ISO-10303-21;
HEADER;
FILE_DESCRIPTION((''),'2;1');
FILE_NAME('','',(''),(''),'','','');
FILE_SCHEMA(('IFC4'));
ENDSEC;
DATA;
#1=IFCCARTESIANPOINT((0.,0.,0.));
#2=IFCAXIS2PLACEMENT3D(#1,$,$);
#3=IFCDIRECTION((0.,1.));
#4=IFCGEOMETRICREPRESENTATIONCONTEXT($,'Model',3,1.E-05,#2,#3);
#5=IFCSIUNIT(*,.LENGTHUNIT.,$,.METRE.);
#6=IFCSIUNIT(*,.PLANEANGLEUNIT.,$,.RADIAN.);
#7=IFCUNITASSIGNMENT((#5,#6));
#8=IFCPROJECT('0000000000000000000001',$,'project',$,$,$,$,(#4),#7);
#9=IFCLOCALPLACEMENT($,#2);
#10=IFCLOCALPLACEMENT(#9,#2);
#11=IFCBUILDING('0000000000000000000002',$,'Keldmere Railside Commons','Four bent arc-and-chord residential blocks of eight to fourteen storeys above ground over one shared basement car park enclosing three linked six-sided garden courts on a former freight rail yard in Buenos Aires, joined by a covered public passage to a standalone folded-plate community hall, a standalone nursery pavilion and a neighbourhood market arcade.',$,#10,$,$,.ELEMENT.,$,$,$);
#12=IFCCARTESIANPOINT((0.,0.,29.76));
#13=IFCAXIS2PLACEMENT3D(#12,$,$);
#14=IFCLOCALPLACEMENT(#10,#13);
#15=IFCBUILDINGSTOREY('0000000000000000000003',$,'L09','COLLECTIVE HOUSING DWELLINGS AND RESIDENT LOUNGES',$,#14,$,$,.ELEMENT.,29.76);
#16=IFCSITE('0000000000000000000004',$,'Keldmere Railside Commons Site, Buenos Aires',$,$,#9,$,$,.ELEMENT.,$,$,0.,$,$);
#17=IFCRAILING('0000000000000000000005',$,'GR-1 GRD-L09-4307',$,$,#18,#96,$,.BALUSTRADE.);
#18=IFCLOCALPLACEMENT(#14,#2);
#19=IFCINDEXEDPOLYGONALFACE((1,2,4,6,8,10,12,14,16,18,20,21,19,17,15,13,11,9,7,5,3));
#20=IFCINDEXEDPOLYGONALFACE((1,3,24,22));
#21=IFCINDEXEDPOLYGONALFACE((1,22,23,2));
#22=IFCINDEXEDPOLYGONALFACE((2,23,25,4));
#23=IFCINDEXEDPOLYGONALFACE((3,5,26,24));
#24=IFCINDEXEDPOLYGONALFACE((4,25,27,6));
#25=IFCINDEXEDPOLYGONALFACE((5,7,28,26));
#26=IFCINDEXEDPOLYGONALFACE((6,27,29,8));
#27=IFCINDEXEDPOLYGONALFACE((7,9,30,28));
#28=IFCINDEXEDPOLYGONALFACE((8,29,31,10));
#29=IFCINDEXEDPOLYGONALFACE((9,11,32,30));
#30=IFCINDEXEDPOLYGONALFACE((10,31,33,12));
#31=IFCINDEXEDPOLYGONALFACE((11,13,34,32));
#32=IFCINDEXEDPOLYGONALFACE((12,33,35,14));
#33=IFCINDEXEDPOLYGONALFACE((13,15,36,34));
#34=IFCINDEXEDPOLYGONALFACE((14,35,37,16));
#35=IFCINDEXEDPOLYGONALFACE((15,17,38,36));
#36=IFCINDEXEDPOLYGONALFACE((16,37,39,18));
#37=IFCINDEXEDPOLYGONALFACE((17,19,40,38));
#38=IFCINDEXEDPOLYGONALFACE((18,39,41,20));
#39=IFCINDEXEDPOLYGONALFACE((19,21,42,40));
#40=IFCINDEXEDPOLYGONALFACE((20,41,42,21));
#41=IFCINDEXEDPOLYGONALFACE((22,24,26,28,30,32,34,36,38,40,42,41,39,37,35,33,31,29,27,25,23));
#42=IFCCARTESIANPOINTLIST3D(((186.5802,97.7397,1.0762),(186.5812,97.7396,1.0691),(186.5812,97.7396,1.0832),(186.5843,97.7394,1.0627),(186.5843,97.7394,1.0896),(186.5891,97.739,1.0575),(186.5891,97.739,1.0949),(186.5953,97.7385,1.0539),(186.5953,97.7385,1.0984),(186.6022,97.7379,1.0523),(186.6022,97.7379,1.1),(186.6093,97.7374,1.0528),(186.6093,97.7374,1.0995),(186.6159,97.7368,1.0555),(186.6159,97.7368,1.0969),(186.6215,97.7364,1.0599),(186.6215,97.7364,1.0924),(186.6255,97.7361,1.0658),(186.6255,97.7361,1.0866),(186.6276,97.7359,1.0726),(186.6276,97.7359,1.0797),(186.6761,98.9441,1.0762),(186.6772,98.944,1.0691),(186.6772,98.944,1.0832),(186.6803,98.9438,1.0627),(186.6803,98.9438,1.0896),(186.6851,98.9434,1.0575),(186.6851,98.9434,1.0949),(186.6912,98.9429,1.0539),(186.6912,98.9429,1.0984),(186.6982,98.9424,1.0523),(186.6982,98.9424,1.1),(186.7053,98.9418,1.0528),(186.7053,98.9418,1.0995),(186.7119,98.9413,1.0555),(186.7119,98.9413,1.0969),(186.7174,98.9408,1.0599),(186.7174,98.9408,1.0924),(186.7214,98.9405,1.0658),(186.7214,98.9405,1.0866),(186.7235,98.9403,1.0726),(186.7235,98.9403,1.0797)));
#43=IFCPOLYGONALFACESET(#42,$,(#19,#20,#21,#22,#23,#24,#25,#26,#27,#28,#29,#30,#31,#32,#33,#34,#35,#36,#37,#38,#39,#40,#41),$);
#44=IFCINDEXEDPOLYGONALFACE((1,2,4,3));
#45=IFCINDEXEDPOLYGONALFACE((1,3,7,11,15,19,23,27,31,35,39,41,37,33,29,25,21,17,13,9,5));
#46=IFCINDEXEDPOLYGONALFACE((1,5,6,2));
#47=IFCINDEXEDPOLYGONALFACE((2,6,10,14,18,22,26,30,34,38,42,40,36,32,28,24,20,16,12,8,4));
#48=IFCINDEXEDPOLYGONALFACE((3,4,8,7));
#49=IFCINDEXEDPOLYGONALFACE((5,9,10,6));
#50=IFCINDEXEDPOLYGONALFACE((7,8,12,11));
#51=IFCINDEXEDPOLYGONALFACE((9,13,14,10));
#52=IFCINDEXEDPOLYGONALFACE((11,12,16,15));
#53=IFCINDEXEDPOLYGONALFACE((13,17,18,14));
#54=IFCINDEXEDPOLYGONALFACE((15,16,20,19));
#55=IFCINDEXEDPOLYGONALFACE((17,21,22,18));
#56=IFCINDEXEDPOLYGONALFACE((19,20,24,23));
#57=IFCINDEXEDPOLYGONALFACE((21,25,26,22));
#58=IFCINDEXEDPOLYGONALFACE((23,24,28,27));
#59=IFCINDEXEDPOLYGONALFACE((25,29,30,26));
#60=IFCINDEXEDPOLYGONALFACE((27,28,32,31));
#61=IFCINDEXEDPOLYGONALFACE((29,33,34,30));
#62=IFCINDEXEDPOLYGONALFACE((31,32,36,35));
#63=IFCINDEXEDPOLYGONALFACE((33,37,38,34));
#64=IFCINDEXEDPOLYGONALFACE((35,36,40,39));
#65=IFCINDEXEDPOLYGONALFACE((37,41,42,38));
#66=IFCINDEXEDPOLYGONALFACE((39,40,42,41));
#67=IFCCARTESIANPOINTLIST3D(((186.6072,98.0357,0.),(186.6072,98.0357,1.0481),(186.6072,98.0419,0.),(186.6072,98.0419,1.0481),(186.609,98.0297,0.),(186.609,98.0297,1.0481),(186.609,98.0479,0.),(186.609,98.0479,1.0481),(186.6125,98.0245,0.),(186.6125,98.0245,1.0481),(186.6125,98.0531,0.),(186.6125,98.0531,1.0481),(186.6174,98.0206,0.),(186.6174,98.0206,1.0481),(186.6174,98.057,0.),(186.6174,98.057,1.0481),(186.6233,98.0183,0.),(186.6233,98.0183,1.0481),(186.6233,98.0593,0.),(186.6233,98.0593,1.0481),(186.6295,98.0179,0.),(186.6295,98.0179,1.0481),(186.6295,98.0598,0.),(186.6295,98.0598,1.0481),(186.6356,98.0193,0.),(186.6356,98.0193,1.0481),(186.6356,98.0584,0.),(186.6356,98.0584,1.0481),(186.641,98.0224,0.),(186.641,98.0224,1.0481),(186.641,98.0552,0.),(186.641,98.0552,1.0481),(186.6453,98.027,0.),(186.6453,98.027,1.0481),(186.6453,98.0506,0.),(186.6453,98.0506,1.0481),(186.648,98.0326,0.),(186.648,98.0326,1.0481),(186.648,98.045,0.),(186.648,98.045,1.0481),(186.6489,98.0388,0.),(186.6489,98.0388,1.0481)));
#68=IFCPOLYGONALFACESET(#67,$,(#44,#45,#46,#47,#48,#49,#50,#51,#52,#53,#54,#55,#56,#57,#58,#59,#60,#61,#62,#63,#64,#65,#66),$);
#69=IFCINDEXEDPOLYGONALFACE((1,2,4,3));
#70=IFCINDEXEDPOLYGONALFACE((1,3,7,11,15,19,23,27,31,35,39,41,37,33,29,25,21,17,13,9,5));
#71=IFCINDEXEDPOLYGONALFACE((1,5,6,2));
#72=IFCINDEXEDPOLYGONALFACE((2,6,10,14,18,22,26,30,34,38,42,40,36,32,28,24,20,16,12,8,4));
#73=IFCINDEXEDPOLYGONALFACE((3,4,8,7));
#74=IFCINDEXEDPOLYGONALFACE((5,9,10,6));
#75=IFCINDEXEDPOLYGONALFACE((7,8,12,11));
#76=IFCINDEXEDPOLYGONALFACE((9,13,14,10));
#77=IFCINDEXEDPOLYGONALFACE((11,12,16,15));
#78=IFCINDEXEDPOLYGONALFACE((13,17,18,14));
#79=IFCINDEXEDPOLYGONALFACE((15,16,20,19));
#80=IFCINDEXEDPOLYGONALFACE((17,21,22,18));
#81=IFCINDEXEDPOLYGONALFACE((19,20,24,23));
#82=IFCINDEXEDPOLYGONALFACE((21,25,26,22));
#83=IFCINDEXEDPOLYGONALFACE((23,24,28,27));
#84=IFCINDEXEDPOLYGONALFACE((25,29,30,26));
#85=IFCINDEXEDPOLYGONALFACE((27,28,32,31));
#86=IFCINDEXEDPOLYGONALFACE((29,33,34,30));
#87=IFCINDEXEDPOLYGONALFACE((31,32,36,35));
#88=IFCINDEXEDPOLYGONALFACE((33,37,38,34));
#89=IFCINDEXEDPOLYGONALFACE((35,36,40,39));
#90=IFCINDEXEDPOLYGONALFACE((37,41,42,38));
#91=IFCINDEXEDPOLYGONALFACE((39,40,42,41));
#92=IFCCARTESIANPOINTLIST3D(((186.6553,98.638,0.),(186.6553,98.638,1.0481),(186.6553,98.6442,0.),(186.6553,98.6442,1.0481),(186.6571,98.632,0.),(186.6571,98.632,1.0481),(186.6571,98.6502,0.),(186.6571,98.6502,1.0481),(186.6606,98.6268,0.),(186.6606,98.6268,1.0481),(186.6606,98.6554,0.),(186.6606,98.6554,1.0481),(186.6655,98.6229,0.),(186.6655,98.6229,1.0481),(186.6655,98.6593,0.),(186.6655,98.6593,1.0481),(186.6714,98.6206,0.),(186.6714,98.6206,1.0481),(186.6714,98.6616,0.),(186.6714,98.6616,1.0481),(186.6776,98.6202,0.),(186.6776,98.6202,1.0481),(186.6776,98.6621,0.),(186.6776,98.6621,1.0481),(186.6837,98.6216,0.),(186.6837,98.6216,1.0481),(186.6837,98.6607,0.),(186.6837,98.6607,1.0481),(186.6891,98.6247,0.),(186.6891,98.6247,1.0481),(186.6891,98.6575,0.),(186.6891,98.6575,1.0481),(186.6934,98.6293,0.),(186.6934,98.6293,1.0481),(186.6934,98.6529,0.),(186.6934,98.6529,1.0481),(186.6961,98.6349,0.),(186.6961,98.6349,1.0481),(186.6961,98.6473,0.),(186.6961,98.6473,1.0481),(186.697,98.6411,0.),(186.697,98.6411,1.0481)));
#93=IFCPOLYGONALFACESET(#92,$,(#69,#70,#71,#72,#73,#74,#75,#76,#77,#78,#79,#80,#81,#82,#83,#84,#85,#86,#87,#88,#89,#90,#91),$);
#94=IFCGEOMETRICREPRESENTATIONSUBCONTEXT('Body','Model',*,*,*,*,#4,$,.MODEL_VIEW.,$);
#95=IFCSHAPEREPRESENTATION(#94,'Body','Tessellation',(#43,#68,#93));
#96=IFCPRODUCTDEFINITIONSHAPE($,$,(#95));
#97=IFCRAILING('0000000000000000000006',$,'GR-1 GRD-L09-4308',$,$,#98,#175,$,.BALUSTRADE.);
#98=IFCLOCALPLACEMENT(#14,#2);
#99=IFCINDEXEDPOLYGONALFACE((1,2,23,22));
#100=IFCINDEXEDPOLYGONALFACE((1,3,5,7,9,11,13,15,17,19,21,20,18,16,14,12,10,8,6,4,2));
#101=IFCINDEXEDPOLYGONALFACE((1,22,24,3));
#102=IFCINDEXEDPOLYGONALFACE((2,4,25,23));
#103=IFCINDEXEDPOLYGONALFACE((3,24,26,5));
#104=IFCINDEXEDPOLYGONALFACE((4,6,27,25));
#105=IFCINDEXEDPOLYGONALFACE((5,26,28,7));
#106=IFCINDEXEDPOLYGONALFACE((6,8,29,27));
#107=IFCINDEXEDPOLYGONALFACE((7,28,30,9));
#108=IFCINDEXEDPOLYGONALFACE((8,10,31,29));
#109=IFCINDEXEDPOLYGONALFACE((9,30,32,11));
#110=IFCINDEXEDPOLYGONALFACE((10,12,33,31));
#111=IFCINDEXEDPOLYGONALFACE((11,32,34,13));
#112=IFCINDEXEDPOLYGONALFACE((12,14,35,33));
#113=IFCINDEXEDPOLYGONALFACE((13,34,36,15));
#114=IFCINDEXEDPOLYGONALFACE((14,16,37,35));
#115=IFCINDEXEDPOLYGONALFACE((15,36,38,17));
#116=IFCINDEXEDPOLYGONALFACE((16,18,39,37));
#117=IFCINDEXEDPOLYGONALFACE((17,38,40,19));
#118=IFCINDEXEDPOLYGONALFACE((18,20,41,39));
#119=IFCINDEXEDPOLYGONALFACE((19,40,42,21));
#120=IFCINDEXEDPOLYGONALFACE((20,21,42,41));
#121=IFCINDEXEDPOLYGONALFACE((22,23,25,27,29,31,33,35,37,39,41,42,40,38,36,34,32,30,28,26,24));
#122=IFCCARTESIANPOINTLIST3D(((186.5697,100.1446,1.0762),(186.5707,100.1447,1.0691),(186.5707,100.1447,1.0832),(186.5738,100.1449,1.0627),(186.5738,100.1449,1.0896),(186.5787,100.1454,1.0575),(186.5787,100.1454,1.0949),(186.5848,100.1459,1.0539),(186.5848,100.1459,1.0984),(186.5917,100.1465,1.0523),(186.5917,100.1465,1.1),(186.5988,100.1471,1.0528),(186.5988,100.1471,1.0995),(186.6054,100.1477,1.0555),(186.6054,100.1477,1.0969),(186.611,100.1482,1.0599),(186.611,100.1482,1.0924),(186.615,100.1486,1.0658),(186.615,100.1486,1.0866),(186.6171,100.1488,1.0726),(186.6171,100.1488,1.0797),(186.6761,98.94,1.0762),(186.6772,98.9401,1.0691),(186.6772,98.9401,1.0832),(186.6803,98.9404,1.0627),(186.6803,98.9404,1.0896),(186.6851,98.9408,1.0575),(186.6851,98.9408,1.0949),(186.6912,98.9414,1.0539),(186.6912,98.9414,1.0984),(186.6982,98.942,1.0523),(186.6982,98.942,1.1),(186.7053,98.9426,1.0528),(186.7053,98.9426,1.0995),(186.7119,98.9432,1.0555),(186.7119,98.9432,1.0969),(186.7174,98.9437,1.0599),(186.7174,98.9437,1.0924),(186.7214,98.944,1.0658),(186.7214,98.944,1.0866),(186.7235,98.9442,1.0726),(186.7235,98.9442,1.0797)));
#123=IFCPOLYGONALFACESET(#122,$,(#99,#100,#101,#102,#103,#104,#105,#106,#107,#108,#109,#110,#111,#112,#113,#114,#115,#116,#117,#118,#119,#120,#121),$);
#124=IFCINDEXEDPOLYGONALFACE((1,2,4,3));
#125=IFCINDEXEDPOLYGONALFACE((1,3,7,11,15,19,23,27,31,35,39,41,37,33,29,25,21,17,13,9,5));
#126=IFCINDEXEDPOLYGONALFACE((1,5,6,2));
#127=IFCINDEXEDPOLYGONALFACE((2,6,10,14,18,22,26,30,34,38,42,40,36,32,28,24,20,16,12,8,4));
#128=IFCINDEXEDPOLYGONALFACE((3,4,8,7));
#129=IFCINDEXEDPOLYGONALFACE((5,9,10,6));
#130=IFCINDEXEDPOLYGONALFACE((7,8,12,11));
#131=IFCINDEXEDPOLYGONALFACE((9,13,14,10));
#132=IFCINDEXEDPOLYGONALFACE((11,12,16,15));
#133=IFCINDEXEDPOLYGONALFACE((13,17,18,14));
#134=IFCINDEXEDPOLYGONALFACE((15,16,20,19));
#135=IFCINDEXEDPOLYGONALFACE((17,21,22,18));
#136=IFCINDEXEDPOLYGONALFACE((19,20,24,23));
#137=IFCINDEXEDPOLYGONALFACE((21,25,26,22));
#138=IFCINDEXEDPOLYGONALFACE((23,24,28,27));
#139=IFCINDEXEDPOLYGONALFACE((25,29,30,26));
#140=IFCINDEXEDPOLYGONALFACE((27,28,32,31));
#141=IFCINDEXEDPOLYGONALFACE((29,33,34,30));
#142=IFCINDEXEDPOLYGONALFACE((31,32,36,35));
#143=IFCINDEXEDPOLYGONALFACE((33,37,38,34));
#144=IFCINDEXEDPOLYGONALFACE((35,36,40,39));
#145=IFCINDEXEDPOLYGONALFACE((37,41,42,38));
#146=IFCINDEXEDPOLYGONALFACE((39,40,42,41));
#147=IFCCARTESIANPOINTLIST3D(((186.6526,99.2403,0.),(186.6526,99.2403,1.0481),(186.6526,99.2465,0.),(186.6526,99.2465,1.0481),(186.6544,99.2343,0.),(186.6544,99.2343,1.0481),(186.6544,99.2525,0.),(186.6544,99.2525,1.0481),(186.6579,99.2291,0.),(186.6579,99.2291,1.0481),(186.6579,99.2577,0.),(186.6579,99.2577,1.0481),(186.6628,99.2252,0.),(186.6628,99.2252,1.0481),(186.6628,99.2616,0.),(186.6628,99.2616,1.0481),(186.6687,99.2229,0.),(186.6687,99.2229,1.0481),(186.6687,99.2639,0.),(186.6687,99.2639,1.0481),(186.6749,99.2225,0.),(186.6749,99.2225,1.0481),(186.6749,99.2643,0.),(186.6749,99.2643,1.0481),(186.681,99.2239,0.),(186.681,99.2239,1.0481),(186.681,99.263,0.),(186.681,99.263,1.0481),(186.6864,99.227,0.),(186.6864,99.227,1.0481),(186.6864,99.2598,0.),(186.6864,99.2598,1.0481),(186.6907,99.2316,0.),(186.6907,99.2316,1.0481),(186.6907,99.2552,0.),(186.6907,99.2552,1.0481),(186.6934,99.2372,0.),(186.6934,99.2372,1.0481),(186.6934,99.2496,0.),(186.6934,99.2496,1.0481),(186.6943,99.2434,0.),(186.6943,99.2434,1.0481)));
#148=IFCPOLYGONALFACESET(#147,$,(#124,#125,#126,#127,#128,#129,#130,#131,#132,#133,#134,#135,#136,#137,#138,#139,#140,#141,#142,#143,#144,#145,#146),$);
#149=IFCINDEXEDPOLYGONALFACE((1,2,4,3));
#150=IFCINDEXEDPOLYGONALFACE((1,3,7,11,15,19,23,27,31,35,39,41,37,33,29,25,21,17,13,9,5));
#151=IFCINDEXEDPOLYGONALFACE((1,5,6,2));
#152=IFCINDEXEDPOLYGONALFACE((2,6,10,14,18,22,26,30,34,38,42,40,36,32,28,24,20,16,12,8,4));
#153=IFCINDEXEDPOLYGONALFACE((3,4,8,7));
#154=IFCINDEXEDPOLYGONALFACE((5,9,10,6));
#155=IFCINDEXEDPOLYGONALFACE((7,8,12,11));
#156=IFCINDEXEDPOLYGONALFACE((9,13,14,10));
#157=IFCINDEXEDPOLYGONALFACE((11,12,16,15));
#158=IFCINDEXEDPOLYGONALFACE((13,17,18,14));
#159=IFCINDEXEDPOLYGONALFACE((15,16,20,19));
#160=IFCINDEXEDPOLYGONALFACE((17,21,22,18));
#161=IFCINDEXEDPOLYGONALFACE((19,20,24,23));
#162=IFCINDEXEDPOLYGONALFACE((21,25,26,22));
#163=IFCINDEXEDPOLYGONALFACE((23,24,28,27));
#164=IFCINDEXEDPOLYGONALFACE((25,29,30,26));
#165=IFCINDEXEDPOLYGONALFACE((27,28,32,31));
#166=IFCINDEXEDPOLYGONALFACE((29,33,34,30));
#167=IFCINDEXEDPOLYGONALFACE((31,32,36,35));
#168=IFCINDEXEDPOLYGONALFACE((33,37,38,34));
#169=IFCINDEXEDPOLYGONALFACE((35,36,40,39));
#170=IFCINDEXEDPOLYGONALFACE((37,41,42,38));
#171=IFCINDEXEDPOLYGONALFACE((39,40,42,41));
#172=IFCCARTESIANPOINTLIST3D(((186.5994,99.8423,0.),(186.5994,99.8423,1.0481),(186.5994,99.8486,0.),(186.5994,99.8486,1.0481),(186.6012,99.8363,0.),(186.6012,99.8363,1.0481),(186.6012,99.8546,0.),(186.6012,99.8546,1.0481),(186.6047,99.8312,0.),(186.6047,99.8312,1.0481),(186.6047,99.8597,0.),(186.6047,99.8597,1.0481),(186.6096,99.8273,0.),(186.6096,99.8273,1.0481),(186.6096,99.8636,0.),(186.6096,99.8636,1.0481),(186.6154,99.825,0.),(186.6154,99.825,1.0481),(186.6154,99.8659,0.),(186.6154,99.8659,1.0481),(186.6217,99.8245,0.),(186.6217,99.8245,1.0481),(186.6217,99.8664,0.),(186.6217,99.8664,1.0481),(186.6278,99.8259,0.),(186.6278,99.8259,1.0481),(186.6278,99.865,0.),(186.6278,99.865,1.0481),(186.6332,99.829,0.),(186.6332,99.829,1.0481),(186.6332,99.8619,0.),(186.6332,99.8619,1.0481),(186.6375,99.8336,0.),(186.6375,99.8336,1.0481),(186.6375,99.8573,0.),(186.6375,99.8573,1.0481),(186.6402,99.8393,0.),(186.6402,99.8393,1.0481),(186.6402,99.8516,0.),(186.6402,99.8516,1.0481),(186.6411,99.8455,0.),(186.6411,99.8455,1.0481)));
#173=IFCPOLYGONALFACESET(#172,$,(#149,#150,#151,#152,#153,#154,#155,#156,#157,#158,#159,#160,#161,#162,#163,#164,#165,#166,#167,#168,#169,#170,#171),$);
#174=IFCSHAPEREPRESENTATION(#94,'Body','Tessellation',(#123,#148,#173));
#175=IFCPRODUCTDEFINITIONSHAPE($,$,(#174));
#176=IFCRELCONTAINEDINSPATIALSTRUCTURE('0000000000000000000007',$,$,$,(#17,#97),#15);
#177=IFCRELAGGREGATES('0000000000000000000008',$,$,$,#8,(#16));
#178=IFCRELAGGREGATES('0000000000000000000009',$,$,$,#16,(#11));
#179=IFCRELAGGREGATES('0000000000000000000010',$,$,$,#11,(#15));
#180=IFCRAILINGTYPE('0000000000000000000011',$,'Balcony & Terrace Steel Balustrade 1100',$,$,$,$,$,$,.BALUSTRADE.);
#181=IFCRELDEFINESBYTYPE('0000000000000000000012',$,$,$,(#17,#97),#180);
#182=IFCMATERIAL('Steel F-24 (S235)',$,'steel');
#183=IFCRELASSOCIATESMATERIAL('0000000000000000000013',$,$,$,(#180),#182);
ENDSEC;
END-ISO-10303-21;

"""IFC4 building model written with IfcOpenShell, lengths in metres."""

from ifc_helpers import new_model, si_unit, direction, frame, origin, origin_2d, place, context, subcontext, project, spatial, circle, extrude, material, type_object, element, save


model = new_model("IFC4")

# Units and contexts
model_context = context("Model", 3, precision=1e-05, world=origin(), true_north=direction((0.0, 1.0)))
body_context = subcontext(model_context, "Body", "Model", "MODEL_VIEW")
ifc_project = project(units=[si_unit("LENGTHUNIT", "METRE"), si_unit("PLANEANGLEUNIT", "RADIAN")], contexts=[model_context])

# Site, building, storey
site_placement = place(None, origin())
site = spatial("IfcSite", under=ifc_project, at=site_placement, Name="Keldmere Railside Commons Site, Buenos Aires", CompositionType="ELEMENT", RefElevation=0.0)
building_placement = place(site_placement, origin())
building = spatial("IfcBuilding", under=site, at=building_placement, Name="Keldmere Railside Commons", Description="Four bent arc-and-chord residential blocks of eight to fourteen storeys above ground over one shared basement car park enclosing three linked six-sided garden courts on a former freight rail yard in Buenos Aires, joined by a covered public passage to a standalone folded-plate community hall, a standalone nursery pavilion and a neighbourhood market arcade.", CompositionType="ELEMENT")
storey_placement = place(building_placement, frame((0.0, 0.0, 29.76)))
storey = spatial("IfcBuildingStorey", under=building, at=storey_placement, Name="L09", Description="COLLECTIVE HOUSING DWELLINGS AND RESIDENT LOUNGES", CompositionType="ELEMENT", Elevation=29.76)

# Railings
ifc_material_1 = material(Name="Steel F-24 (S235)", Category="steel")
railing_type = type_object("IfcRailingType", Name="Balcony & Terrace Steel Balustrade 1100", PredefinedType="BALUSTRADE", material=ifc_material_1)
railing_1_placement = place(storey_placement, frame((186.604, 97.7378, 0.0)))
element("IfcRailing", 1, at=railing_1_placement, inside=storey, type_object=railing_type, Name="GR-1 GRD-L09-4307", PredefinedType="BALUSTRADE", context=body_context, shape_type="SweptSolid", body=[
    extrude(circle(Radius=0.0239, at=origin_2d()), frame((0.0, 0.0, 1.0762), z_axis=(0.079416, 0.996842, 0.0), x_axis=(-0.996842, 0.079416, 0.0)), (0.0, 0.0, 1.0), 1.2083),
    extrude(circle(Radius=0.021, at=origin_2d()), frame((0.0239, 0.301, 0.0)), (0.0, 0.0, 1.0), 1.0481),
    extrude(circle(Radius=0.021, at=origin_2d()), frame((0.072, 0.9033, 0.0)), (0.0, 0.0, 1.0), 1.0481),
])
railing_2_placement = place(storey_placement, frame((186.7, 98.9421, 0.0)))
element("IfcRailing", 2, at=railing_2_placement, inside=storey, type_object=railing_type, Name="GR-1 GRD-L09-4308", PredefinedType="BALUSTRADE", context=body_context, shape_type="SweptSolid", body=[
    extrude(circle(Radius=0.0239, at=origin_2d()), frame((0.0, 0.0, 1.0762), z_axis=(-0.088023, 0.996118, 0.0), x_axis=(-0.996118, -0.088023, 0.0)), (0.0, 0.0, 1.0), 1.2092),
    extrude(circle(Radius=0.021, at=origin_2d()), frame((-0.0266, 0.3013, 0.0)), (0.0, 0.0, 1.0), 1.0481),
    extrude(circle(Radius=0.021, at=origin_2d()), frame((-0.0798, 0.9033, 0.0)), (0.0, 0.0, 1.0), 1.0481),
])

save(model, "model.ifc")
